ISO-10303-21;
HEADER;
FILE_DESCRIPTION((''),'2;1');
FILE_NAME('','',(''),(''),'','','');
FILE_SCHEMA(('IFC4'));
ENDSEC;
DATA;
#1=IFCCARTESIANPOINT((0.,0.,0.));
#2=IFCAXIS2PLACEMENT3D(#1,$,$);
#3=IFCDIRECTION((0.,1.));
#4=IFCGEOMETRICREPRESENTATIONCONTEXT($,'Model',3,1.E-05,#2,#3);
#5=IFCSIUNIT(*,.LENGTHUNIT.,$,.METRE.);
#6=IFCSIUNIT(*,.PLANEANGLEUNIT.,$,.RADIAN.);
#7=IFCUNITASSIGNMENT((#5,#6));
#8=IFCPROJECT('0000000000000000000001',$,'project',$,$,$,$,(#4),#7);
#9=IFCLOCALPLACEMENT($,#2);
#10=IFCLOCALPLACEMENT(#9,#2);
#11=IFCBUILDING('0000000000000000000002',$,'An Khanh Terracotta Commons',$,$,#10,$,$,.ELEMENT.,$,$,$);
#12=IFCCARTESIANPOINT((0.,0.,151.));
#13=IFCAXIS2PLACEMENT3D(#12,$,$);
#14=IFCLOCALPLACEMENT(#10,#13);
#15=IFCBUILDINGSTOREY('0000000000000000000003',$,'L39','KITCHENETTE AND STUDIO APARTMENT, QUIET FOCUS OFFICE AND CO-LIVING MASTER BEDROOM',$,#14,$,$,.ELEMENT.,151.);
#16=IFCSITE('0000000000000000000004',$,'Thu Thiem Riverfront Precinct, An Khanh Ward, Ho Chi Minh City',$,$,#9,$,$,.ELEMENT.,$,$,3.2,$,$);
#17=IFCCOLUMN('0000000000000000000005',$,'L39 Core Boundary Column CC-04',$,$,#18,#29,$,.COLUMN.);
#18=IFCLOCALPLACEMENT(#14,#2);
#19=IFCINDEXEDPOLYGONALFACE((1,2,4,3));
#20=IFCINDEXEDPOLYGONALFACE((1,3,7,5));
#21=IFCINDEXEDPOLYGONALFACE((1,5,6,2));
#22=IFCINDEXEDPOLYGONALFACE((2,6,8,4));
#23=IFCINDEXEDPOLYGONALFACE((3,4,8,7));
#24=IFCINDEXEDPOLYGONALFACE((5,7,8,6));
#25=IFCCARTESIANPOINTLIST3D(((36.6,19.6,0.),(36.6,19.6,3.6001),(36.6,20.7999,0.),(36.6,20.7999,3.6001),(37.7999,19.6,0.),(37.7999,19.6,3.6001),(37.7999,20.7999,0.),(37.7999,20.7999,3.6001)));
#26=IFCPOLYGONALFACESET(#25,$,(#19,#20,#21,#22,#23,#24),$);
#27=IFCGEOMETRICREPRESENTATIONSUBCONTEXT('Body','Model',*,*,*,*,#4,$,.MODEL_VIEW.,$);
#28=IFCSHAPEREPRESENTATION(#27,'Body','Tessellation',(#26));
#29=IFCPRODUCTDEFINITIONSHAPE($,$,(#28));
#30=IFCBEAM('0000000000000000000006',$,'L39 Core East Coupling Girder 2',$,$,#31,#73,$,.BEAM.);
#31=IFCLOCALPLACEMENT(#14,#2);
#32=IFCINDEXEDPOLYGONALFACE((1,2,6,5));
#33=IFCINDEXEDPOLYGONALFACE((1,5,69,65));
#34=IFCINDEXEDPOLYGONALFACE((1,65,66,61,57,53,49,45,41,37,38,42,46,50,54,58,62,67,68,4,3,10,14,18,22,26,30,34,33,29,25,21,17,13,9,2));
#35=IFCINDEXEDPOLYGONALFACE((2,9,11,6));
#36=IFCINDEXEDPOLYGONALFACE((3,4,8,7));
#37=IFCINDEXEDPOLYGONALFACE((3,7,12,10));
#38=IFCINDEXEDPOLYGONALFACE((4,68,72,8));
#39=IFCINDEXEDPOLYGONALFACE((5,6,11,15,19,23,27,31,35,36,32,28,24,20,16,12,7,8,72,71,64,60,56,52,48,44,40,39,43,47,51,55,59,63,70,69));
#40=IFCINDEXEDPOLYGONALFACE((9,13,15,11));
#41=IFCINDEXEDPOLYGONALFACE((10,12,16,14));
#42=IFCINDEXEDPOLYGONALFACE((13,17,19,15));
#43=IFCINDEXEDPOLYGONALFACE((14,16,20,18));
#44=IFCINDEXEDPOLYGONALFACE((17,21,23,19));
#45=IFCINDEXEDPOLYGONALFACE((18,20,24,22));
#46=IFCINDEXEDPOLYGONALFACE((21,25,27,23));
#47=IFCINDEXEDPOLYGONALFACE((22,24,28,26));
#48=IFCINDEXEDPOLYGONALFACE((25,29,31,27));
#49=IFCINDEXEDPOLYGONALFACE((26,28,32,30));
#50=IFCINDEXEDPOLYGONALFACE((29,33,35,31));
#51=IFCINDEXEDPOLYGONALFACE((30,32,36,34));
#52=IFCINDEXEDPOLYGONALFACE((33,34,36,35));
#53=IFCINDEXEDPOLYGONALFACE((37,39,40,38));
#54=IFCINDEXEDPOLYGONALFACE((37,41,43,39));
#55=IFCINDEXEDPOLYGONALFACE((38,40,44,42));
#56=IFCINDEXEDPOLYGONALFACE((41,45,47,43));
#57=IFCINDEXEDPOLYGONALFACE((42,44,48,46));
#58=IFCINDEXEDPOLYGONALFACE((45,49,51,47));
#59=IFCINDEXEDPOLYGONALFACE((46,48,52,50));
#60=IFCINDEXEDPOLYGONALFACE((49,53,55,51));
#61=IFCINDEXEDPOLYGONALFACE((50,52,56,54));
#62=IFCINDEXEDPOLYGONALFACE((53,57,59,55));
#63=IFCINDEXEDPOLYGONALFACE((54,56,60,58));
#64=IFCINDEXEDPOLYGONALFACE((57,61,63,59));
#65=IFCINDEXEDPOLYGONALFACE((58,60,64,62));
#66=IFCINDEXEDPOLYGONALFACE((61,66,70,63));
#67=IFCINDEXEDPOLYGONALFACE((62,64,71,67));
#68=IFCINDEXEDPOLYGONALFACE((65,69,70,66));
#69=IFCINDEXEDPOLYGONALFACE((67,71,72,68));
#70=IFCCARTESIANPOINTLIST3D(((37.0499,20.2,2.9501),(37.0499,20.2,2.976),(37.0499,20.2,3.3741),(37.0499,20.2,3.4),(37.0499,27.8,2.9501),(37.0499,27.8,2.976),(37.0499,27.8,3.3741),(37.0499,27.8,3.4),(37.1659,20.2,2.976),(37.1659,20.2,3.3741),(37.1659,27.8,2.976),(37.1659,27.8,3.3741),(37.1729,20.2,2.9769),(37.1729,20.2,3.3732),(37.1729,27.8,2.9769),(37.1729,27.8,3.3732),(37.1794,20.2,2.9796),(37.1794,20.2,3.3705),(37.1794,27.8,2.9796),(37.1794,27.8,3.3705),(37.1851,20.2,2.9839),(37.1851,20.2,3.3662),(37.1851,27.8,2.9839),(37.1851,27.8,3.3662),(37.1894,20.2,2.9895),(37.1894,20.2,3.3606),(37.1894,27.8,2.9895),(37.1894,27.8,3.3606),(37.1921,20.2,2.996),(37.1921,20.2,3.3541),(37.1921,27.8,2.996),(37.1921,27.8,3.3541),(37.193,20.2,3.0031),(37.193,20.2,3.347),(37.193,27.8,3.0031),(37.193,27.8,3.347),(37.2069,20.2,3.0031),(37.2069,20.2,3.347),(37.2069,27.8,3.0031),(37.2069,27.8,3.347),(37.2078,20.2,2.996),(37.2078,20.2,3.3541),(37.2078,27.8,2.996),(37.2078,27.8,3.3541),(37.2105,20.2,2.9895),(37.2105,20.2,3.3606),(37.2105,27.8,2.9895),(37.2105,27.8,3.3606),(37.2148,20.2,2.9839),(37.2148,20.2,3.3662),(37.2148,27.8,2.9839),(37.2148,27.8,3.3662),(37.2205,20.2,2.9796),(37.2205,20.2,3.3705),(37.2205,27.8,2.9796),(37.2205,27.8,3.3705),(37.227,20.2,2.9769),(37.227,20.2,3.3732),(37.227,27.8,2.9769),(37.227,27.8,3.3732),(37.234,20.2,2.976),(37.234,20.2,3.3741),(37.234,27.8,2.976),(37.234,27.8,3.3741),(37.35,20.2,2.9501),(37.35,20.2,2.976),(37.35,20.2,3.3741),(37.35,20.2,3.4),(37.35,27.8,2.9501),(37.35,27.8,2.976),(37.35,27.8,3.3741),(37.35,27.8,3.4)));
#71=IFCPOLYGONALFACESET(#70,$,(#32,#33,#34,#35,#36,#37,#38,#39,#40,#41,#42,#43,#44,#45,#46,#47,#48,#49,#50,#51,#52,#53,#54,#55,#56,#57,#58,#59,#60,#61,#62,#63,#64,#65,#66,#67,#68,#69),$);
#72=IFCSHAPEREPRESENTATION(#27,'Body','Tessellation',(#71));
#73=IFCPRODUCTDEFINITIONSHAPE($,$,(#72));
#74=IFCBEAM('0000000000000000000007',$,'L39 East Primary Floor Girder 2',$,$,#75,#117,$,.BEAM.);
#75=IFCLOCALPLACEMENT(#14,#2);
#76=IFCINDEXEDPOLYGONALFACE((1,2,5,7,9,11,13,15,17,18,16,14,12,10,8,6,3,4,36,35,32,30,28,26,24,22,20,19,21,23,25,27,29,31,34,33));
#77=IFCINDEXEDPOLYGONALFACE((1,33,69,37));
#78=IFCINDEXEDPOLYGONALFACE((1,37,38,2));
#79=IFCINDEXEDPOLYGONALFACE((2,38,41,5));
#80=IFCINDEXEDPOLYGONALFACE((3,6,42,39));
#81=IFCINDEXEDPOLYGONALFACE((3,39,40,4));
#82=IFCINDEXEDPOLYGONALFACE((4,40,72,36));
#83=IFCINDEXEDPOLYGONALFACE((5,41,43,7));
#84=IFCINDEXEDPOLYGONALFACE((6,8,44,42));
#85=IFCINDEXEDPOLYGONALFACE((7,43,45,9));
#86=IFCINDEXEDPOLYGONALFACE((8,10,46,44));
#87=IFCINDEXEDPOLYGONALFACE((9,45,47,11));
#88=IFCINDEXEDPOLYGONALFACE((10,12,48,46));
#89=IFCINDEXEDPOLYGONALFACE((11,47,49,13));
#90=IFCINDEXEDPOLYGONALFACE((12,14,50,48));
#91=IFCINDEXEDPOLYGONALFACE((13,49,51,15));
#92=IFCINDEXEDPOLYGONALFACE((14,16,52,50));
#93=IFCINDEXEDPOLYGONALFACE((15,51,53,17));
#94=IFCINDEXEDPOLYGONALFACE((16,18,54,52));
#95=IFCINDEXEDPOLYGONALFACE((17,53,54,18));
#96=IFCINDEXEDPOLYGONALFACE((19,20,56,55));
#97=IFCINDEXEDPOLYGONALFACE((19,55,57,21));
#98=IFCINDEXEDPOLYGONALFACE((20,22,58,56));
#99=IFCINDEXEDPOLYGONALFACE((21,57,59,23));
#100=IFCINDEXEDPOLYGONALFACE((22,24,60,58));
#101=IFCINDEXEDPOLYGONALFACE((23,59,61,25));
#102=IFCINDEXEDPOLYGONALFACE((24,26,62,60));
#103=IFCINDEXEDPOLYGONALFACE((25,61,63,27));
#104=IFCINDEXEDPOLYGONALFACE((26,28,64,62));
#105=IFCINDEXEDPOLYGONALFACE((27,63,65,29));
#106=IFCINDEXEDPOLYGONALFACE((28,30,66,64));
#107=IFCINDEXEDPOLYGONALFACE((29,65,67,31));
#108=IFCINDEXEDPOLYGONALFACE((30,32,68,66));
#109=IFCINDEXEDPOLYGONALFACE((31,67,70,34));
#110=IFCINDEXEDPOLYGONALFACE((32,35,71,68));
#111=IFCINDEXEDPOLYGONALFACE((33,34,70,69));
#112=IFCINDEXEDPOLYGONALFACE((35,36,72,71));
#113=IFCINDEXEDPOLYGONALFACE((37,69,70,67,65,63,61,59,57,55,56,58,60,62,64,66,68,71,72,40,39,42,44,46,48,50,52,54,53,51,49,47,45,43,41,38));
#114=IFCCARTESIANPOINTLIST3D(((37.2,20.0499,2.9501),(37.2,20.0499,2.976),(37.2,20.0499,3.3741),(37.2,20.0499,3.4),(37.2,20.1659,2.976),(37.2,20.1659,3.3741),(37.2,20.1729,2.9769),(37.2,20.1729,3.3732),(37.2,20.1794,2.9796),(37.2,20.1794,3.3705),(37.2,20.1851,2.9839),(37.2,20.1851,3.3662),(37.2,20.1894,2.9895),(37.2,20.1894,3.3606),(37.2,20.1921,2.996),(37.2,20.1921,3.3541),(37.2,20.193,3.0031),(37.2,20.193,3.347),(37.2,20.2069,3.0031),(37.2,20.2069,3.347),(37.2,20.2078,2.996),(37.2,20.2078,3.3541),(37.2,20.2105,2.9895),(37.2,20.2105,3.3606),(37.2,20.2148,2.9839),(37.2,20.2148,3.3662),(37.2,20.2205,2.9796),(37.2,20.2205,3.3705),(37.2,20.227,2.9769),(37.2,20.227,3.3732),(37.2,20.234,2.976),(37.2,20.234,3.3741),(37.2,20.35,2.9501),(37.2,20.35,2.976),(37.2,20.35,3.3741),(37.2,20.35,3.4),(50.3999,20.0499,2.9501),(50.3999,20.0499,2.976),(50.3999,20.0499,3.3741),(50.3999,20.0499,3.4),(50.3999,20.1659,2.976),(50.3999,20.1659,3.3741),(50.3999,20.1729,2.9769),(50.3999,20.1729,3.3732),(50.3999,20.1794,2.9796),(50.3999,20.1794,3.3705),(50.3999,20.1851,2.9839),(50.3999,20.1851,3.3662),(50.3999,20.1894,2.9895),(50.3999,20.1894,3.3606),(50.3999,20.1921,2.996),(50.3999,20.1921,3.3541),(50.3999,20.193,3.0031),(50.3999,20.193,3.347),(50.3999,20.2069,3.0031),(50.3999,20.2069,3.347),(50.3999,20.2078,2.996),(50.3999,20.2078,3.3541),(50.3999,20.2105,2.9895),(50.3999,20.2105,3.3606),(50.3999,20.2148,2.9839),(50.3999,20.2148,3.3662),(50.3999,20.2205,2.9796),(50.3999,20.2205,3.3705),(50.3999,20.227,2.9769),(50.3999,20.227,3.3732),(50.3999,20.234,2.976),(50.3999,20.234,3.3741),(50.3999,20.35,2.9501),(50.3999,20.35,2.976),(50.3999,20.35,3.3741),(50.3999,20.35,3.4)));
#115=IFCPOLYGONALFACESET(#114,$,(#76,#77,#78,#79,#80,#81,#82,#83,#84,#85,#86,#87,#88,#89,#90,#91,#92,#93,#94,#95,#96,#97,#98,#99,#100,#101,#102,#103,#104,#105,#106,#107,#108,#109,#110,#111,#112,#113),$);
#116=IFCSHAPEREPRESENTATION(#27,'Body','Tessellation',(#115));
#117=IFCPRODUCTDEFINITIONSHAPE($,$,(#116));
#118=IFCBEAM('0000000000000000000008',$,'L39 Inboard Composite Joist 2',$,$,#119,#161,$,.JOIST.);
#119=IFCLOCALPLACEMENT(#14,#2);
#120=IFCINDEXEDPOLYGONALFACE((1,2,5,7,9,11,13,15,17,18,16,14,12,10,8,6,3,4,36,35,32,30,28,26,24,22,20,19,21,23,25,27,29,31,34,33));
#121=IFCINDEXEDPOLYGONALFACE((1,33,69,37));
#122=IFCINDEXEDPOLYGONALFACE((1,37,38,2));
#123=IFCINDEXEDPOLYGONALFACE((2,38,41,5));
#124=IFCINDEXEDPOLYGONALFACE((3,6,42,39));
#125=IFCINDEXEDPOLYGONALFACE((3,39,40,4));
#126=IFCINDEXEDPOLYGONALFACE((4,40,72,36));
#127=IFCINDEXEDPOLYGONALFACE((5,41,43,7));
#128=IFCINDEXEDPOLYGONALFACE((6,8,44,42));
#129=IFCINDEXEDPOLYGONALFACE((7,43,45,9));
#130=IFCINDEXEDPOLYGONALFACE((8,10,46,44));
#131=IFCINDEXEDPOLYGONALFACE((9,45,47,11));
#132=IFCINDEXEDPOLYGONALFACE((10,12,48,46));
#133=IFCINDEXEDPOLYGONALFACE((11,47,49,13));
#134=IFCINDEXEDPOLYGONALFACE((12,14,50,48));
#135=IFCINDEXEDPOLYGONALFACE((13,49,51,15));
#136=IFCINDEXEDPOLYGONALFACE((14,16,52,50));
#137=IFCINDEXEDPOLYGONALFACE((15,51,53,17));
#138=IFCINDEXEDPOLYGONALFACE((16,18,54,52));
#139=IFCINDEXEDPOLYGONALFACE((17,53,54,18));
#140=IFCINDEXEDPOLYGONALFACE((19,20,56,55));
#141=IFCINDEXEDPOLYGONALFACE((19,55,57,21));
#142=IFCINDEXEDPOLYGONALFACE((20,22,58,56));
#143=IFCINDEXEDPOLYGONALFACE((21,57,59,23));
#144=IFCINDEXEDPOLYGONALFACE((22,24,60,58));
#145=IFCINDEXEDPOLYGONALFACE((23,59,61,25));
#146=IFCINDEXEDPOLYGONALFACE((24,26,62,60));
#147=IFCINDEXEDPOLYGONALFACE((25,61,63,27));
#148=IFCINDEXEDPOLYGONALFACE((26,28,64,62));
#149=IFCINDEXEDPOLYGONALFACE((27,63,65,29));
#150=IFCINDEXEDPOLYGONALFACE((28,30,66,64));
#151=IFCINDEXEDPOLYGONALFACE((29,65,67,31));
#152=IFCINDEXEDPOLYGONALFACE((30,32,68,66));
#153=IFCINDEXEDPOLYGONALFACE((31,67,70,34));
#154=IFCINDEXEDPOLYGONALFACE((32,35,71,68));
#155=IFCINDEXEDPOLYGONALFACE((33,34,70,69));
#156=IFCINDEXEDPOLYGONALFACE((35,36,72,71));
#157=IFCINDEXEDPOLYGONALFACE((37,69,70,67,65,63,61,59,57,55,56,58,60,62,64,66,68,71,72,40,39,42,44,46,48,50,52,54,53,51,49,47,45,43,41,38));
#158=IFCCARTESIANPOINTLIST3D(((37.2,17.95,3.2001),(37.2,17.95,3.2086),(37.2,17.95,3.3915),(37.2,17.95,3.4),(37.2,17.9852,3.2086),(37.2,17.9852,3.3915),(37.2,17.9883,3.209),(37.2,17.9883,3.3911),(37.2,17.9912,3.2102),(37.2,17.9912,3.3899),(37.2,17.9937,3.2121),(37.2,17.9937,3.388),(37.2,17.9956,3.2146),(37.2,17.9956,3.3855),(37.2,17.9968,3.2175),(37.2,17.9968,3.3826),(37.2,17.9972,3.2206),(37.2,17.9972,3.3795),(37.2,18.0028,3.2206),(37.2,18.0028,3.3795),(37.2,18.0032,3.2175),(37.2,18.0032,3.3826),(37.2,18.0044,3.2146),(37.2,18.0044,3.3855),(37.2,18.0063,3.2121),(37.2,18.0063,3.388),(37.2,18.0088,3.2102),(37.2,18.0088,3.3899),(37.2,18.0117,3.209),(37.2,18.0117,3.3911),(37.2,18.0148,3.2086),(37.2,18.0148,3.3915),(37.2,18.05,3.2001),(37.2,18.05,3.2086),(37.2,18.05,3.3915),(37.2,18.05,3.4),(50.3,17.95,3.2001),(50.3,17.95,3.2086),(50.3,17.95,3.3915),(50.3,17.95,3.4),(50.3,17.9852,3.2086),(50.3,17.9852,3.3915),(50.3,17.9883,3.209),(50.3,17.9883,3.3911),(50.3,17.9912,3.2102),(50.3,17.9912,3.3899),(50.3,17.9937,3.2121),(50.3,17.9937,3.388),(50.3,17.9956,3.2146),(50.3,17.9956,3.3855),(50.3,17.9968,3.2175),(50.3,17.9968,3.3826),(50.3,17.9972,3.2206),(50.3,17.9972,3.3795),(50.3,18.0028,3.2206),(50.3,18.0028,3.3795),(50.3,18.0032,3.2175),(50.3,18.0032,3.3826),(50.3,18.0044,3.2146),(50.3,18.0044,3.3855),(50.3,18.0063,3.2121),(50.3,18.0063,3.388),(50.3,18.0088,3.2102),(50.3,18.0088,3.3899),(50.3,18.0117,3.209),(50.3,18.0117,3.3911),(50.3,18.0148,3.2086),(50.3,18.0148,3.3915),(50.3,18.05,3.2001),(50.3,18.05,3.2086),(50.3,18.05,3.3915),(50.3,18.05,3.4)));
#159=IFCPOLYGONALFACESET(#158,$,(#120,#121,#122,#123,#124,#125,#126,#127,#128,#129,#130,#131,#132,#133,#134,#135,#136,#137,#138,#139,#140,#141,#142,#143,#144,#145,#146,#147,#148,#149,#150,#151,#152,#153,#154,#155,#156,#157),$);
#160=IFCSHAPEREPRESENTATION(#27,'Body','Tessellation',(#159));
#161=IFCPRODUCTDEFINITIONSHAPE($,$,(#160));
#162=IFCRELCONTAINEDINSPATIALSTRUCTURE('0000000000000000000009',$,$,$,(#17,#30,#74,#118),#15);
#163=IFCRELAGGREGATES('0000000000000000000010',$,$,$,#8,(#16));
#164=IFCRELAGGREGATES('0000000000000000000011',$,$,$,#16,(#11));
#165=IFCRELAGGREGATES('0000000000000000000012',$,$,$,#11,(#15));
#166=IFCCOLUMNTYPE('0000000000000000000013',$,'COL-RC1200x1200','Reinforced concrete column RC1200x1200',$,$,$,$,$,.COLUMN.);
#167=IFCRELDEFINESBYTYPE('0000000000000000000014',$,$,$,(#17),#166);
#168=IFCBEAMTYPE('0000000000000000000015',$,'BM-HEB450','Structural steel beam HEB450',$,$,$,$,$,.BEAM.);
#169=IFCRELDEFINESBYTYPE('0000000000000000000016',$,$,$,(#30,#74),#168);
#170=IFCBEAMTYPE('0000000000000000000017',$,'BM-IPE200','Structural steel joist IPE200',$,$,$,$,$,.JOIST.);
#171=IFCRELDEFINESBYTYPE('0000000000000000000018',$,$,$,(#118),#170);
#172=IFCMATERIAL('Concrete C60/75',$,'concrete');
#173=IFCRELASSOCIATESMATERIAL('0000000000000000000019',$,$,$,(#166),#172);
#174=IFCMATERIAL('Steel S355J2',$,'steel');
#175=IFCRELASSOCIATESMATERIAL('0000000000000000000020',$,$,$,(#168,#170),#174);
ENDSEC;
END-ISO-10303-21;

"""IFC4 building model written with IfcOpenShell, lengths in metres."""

from ifc_helpers import new_model, si_unit, direction, frame, origin, origin_2d, place, context, subcontext, project, spatial, rectangle, i_section, extrude, material, material_profile, profile_set, type_object, element, save


model = new_model("IFC4")

# Units and contexts
model_context = context("Model", 3, precision=1e-05, world=origin(), true_north=direction((0.0, 1.0)))
body_context = subcontext(model_context, "Body", "Model", "MODEL_VIEW")
ifc_project = project(units=[si_unit("LENGTHUNIT", "METRE"), si_unit("PLANEANGLEUNIT", "RADIAN")], contexts=[model_context])

# Site, building, storey
site_placement = place(None, origin())
site = spatial("IfcSite", under=ifc_project, at=site_placement, Name="Thu Thiem Riverfront Precinct, An Khanh Ward, Ho Chi Minh City", CompositionType="ELEMENT", RefElevation=3.2)
building_placement = place(site_placement, origin())
building = spatial("IfcBuilding", under=site, at=building_placement, Name="An Khanh Terracotta Commons", CompositionType="ELEMENT")
storey_placement = place(building_placement, frame((0.0, 0.0, 151.0)))
storey = spatial("IfcBuildingStorey", under=building, at=storey_placement, Name="L39", Description="KITCHENETTE AND STUDIO APARTMENT, QUIET FOCUS OFFICE AND CO-LIVING MASTER BEDROOM", CompositionType="ELEMENT", Elevation=151.0)

# Column
ifc_material_1 = material(Name="Concrete C60/75", Category="concrete")
ifc_material_profile_1 = material_profile(ifc_material_1, rectangle(XDim=1.2, YDim=1.2, at=origin_2d()), Name="RC1200x1200")
ifc_profile_set_1 = profile_set([ifc_material_profile_1], Name="Concrete C60/75")
column_type = type_object("IfcColumnType", Name="COL-RC1200x1200", Description="Reinforced concrete column RC1200x1200", PredefinedType="COLUMN", material=ifc_profile_set_1)
column_placement = place(storey_placement, frame((37.2, 20.2, 0.0), z_axis=(0.0, 0.0, 1.0), x_axis=(1.0, 0.0, 0.0)))
element("IfcColumn", 1, at=column_placement, inside=storey, type_object=column_type, Name="L39 Core Boundary Column CC-04", PredefinedType="COLUMN", context=body_context, shape_type="SweptSolid", body=[
    extrude(rectangle(XDim=1.2, YDim=1.2, at=origin_2d()), origin(), (0.0, 0.0, 1.0), 3.6001),
])

# Beams
ifc_material_2 = material(Name="Steel S355J2", Category="steel")
ifc_material_profile_2 = material_profile(ifc_material_2, i_section(OverallWidth=0.3, OverallDepth=0.45, WebThickness=0.0139, FlangeThickness=0.0259, FilletRadius=0.0271, at=origin_2d()), Name="HEB450")
ifc_profile_set_2 = profile_set([ifc_material_profile_2], Name="Steel S355J2")
beam_type_1 = type_object("IfcBeamType", Name="BM-HEB450", Description="Structural steel beam HEB450", PredefinedType="BEAM", material=ifc_profile_set_2)
beam_1_placement = place(storey_placement, frame((37.2, 20.2, 3.175), z_axis=(0.0, 1.0, 0.0), x_axis=(-1.0, 0.0, 0.0)))
element("IfcBeam", 2, at=beam_1_placement, inside=storey, type_object=beam_type_1, Name="L39 Core East Coupling Girder 2", PredefinedType="BEAM", context=body_context, shape_type="SweptSolid", body=[
    extrude(i_section(OverallWidth=0.3, OverallDepth=0.45, WebThickness=0.0139, FlangeThickness=0.0259, FilletRadius=0.0271, at=origin_2d()), origin(), (0.0, 0.0, 1.0), 7.6001),
])
beam_2_placement = place(storey_placement, frame((37.2, 20.2, 3.175), z_axis=(1.0, 0.0, 0.0), x_axis=(0.0, 1.0, 0.0)))
element("IfcBeam", 3, at=beam_2_placement, inside=storey, type_object=beam_type_1, Name="L39 East Primary Floor Girder 2", PredefinedType="BEAM", context=body_context, shape_type="SweptSolid", body=[
    extrude(i_section(OverallWidth=0.3, OverallDepth=0.45, WebThickness=0.0139, FlangeThickness=0.0259, FilletRadius=0.0271, at=origin_2d()), origin(), (0.0, 0.0, 1.0), 13.2),
])
ifc_material_profile_3 = material_profile(ifc_material_2, i_section(OverallWidth=0.1001, OverallDepth=0.2, WebThickness=0.0056, FlangeThickness=0.0085, FilletRadius=0.012, at=origin_2d()), Name="IPE200")
ifc_profile_set_3 = profile_set([ifc_material_profile_3], Name="Steel S355J2")
beam_type_2 = type_object("IfcBeamType", Name="BM-IPE200", Description="Structural steel joist IPE200", PredefinedType="JOIST", material=ifc_profile_set_3)
for number, where, z_axis, x_axis, name in (
    (4, (37.2, 18.0, 3.3), (1.0, 0.0, 0.0), (0.0, 1.0, 0.0), "L39 Inboard Composite Joist 2"),
):
    element("IfcBeam", number, at=place(storey_placement, frame(where, z_axis=z_axis, x_axis=x_axis)), inside=storey, type_object=beam_type_2, Name=name, PredefinedType="JOIST", context=body_context, shape_type="SweptSolid", body=[
        extrude(i_section(OverallWidth=0.1001, OverallDepth=0.2, WebThickness=0.0056, FlangeThickness=0.0085, FilletRadius=0.012, at=origin_2d()), origin(), (0.0, 0.0, 1.0), 13.1001),
    ])

save(model, "model.ifc")
